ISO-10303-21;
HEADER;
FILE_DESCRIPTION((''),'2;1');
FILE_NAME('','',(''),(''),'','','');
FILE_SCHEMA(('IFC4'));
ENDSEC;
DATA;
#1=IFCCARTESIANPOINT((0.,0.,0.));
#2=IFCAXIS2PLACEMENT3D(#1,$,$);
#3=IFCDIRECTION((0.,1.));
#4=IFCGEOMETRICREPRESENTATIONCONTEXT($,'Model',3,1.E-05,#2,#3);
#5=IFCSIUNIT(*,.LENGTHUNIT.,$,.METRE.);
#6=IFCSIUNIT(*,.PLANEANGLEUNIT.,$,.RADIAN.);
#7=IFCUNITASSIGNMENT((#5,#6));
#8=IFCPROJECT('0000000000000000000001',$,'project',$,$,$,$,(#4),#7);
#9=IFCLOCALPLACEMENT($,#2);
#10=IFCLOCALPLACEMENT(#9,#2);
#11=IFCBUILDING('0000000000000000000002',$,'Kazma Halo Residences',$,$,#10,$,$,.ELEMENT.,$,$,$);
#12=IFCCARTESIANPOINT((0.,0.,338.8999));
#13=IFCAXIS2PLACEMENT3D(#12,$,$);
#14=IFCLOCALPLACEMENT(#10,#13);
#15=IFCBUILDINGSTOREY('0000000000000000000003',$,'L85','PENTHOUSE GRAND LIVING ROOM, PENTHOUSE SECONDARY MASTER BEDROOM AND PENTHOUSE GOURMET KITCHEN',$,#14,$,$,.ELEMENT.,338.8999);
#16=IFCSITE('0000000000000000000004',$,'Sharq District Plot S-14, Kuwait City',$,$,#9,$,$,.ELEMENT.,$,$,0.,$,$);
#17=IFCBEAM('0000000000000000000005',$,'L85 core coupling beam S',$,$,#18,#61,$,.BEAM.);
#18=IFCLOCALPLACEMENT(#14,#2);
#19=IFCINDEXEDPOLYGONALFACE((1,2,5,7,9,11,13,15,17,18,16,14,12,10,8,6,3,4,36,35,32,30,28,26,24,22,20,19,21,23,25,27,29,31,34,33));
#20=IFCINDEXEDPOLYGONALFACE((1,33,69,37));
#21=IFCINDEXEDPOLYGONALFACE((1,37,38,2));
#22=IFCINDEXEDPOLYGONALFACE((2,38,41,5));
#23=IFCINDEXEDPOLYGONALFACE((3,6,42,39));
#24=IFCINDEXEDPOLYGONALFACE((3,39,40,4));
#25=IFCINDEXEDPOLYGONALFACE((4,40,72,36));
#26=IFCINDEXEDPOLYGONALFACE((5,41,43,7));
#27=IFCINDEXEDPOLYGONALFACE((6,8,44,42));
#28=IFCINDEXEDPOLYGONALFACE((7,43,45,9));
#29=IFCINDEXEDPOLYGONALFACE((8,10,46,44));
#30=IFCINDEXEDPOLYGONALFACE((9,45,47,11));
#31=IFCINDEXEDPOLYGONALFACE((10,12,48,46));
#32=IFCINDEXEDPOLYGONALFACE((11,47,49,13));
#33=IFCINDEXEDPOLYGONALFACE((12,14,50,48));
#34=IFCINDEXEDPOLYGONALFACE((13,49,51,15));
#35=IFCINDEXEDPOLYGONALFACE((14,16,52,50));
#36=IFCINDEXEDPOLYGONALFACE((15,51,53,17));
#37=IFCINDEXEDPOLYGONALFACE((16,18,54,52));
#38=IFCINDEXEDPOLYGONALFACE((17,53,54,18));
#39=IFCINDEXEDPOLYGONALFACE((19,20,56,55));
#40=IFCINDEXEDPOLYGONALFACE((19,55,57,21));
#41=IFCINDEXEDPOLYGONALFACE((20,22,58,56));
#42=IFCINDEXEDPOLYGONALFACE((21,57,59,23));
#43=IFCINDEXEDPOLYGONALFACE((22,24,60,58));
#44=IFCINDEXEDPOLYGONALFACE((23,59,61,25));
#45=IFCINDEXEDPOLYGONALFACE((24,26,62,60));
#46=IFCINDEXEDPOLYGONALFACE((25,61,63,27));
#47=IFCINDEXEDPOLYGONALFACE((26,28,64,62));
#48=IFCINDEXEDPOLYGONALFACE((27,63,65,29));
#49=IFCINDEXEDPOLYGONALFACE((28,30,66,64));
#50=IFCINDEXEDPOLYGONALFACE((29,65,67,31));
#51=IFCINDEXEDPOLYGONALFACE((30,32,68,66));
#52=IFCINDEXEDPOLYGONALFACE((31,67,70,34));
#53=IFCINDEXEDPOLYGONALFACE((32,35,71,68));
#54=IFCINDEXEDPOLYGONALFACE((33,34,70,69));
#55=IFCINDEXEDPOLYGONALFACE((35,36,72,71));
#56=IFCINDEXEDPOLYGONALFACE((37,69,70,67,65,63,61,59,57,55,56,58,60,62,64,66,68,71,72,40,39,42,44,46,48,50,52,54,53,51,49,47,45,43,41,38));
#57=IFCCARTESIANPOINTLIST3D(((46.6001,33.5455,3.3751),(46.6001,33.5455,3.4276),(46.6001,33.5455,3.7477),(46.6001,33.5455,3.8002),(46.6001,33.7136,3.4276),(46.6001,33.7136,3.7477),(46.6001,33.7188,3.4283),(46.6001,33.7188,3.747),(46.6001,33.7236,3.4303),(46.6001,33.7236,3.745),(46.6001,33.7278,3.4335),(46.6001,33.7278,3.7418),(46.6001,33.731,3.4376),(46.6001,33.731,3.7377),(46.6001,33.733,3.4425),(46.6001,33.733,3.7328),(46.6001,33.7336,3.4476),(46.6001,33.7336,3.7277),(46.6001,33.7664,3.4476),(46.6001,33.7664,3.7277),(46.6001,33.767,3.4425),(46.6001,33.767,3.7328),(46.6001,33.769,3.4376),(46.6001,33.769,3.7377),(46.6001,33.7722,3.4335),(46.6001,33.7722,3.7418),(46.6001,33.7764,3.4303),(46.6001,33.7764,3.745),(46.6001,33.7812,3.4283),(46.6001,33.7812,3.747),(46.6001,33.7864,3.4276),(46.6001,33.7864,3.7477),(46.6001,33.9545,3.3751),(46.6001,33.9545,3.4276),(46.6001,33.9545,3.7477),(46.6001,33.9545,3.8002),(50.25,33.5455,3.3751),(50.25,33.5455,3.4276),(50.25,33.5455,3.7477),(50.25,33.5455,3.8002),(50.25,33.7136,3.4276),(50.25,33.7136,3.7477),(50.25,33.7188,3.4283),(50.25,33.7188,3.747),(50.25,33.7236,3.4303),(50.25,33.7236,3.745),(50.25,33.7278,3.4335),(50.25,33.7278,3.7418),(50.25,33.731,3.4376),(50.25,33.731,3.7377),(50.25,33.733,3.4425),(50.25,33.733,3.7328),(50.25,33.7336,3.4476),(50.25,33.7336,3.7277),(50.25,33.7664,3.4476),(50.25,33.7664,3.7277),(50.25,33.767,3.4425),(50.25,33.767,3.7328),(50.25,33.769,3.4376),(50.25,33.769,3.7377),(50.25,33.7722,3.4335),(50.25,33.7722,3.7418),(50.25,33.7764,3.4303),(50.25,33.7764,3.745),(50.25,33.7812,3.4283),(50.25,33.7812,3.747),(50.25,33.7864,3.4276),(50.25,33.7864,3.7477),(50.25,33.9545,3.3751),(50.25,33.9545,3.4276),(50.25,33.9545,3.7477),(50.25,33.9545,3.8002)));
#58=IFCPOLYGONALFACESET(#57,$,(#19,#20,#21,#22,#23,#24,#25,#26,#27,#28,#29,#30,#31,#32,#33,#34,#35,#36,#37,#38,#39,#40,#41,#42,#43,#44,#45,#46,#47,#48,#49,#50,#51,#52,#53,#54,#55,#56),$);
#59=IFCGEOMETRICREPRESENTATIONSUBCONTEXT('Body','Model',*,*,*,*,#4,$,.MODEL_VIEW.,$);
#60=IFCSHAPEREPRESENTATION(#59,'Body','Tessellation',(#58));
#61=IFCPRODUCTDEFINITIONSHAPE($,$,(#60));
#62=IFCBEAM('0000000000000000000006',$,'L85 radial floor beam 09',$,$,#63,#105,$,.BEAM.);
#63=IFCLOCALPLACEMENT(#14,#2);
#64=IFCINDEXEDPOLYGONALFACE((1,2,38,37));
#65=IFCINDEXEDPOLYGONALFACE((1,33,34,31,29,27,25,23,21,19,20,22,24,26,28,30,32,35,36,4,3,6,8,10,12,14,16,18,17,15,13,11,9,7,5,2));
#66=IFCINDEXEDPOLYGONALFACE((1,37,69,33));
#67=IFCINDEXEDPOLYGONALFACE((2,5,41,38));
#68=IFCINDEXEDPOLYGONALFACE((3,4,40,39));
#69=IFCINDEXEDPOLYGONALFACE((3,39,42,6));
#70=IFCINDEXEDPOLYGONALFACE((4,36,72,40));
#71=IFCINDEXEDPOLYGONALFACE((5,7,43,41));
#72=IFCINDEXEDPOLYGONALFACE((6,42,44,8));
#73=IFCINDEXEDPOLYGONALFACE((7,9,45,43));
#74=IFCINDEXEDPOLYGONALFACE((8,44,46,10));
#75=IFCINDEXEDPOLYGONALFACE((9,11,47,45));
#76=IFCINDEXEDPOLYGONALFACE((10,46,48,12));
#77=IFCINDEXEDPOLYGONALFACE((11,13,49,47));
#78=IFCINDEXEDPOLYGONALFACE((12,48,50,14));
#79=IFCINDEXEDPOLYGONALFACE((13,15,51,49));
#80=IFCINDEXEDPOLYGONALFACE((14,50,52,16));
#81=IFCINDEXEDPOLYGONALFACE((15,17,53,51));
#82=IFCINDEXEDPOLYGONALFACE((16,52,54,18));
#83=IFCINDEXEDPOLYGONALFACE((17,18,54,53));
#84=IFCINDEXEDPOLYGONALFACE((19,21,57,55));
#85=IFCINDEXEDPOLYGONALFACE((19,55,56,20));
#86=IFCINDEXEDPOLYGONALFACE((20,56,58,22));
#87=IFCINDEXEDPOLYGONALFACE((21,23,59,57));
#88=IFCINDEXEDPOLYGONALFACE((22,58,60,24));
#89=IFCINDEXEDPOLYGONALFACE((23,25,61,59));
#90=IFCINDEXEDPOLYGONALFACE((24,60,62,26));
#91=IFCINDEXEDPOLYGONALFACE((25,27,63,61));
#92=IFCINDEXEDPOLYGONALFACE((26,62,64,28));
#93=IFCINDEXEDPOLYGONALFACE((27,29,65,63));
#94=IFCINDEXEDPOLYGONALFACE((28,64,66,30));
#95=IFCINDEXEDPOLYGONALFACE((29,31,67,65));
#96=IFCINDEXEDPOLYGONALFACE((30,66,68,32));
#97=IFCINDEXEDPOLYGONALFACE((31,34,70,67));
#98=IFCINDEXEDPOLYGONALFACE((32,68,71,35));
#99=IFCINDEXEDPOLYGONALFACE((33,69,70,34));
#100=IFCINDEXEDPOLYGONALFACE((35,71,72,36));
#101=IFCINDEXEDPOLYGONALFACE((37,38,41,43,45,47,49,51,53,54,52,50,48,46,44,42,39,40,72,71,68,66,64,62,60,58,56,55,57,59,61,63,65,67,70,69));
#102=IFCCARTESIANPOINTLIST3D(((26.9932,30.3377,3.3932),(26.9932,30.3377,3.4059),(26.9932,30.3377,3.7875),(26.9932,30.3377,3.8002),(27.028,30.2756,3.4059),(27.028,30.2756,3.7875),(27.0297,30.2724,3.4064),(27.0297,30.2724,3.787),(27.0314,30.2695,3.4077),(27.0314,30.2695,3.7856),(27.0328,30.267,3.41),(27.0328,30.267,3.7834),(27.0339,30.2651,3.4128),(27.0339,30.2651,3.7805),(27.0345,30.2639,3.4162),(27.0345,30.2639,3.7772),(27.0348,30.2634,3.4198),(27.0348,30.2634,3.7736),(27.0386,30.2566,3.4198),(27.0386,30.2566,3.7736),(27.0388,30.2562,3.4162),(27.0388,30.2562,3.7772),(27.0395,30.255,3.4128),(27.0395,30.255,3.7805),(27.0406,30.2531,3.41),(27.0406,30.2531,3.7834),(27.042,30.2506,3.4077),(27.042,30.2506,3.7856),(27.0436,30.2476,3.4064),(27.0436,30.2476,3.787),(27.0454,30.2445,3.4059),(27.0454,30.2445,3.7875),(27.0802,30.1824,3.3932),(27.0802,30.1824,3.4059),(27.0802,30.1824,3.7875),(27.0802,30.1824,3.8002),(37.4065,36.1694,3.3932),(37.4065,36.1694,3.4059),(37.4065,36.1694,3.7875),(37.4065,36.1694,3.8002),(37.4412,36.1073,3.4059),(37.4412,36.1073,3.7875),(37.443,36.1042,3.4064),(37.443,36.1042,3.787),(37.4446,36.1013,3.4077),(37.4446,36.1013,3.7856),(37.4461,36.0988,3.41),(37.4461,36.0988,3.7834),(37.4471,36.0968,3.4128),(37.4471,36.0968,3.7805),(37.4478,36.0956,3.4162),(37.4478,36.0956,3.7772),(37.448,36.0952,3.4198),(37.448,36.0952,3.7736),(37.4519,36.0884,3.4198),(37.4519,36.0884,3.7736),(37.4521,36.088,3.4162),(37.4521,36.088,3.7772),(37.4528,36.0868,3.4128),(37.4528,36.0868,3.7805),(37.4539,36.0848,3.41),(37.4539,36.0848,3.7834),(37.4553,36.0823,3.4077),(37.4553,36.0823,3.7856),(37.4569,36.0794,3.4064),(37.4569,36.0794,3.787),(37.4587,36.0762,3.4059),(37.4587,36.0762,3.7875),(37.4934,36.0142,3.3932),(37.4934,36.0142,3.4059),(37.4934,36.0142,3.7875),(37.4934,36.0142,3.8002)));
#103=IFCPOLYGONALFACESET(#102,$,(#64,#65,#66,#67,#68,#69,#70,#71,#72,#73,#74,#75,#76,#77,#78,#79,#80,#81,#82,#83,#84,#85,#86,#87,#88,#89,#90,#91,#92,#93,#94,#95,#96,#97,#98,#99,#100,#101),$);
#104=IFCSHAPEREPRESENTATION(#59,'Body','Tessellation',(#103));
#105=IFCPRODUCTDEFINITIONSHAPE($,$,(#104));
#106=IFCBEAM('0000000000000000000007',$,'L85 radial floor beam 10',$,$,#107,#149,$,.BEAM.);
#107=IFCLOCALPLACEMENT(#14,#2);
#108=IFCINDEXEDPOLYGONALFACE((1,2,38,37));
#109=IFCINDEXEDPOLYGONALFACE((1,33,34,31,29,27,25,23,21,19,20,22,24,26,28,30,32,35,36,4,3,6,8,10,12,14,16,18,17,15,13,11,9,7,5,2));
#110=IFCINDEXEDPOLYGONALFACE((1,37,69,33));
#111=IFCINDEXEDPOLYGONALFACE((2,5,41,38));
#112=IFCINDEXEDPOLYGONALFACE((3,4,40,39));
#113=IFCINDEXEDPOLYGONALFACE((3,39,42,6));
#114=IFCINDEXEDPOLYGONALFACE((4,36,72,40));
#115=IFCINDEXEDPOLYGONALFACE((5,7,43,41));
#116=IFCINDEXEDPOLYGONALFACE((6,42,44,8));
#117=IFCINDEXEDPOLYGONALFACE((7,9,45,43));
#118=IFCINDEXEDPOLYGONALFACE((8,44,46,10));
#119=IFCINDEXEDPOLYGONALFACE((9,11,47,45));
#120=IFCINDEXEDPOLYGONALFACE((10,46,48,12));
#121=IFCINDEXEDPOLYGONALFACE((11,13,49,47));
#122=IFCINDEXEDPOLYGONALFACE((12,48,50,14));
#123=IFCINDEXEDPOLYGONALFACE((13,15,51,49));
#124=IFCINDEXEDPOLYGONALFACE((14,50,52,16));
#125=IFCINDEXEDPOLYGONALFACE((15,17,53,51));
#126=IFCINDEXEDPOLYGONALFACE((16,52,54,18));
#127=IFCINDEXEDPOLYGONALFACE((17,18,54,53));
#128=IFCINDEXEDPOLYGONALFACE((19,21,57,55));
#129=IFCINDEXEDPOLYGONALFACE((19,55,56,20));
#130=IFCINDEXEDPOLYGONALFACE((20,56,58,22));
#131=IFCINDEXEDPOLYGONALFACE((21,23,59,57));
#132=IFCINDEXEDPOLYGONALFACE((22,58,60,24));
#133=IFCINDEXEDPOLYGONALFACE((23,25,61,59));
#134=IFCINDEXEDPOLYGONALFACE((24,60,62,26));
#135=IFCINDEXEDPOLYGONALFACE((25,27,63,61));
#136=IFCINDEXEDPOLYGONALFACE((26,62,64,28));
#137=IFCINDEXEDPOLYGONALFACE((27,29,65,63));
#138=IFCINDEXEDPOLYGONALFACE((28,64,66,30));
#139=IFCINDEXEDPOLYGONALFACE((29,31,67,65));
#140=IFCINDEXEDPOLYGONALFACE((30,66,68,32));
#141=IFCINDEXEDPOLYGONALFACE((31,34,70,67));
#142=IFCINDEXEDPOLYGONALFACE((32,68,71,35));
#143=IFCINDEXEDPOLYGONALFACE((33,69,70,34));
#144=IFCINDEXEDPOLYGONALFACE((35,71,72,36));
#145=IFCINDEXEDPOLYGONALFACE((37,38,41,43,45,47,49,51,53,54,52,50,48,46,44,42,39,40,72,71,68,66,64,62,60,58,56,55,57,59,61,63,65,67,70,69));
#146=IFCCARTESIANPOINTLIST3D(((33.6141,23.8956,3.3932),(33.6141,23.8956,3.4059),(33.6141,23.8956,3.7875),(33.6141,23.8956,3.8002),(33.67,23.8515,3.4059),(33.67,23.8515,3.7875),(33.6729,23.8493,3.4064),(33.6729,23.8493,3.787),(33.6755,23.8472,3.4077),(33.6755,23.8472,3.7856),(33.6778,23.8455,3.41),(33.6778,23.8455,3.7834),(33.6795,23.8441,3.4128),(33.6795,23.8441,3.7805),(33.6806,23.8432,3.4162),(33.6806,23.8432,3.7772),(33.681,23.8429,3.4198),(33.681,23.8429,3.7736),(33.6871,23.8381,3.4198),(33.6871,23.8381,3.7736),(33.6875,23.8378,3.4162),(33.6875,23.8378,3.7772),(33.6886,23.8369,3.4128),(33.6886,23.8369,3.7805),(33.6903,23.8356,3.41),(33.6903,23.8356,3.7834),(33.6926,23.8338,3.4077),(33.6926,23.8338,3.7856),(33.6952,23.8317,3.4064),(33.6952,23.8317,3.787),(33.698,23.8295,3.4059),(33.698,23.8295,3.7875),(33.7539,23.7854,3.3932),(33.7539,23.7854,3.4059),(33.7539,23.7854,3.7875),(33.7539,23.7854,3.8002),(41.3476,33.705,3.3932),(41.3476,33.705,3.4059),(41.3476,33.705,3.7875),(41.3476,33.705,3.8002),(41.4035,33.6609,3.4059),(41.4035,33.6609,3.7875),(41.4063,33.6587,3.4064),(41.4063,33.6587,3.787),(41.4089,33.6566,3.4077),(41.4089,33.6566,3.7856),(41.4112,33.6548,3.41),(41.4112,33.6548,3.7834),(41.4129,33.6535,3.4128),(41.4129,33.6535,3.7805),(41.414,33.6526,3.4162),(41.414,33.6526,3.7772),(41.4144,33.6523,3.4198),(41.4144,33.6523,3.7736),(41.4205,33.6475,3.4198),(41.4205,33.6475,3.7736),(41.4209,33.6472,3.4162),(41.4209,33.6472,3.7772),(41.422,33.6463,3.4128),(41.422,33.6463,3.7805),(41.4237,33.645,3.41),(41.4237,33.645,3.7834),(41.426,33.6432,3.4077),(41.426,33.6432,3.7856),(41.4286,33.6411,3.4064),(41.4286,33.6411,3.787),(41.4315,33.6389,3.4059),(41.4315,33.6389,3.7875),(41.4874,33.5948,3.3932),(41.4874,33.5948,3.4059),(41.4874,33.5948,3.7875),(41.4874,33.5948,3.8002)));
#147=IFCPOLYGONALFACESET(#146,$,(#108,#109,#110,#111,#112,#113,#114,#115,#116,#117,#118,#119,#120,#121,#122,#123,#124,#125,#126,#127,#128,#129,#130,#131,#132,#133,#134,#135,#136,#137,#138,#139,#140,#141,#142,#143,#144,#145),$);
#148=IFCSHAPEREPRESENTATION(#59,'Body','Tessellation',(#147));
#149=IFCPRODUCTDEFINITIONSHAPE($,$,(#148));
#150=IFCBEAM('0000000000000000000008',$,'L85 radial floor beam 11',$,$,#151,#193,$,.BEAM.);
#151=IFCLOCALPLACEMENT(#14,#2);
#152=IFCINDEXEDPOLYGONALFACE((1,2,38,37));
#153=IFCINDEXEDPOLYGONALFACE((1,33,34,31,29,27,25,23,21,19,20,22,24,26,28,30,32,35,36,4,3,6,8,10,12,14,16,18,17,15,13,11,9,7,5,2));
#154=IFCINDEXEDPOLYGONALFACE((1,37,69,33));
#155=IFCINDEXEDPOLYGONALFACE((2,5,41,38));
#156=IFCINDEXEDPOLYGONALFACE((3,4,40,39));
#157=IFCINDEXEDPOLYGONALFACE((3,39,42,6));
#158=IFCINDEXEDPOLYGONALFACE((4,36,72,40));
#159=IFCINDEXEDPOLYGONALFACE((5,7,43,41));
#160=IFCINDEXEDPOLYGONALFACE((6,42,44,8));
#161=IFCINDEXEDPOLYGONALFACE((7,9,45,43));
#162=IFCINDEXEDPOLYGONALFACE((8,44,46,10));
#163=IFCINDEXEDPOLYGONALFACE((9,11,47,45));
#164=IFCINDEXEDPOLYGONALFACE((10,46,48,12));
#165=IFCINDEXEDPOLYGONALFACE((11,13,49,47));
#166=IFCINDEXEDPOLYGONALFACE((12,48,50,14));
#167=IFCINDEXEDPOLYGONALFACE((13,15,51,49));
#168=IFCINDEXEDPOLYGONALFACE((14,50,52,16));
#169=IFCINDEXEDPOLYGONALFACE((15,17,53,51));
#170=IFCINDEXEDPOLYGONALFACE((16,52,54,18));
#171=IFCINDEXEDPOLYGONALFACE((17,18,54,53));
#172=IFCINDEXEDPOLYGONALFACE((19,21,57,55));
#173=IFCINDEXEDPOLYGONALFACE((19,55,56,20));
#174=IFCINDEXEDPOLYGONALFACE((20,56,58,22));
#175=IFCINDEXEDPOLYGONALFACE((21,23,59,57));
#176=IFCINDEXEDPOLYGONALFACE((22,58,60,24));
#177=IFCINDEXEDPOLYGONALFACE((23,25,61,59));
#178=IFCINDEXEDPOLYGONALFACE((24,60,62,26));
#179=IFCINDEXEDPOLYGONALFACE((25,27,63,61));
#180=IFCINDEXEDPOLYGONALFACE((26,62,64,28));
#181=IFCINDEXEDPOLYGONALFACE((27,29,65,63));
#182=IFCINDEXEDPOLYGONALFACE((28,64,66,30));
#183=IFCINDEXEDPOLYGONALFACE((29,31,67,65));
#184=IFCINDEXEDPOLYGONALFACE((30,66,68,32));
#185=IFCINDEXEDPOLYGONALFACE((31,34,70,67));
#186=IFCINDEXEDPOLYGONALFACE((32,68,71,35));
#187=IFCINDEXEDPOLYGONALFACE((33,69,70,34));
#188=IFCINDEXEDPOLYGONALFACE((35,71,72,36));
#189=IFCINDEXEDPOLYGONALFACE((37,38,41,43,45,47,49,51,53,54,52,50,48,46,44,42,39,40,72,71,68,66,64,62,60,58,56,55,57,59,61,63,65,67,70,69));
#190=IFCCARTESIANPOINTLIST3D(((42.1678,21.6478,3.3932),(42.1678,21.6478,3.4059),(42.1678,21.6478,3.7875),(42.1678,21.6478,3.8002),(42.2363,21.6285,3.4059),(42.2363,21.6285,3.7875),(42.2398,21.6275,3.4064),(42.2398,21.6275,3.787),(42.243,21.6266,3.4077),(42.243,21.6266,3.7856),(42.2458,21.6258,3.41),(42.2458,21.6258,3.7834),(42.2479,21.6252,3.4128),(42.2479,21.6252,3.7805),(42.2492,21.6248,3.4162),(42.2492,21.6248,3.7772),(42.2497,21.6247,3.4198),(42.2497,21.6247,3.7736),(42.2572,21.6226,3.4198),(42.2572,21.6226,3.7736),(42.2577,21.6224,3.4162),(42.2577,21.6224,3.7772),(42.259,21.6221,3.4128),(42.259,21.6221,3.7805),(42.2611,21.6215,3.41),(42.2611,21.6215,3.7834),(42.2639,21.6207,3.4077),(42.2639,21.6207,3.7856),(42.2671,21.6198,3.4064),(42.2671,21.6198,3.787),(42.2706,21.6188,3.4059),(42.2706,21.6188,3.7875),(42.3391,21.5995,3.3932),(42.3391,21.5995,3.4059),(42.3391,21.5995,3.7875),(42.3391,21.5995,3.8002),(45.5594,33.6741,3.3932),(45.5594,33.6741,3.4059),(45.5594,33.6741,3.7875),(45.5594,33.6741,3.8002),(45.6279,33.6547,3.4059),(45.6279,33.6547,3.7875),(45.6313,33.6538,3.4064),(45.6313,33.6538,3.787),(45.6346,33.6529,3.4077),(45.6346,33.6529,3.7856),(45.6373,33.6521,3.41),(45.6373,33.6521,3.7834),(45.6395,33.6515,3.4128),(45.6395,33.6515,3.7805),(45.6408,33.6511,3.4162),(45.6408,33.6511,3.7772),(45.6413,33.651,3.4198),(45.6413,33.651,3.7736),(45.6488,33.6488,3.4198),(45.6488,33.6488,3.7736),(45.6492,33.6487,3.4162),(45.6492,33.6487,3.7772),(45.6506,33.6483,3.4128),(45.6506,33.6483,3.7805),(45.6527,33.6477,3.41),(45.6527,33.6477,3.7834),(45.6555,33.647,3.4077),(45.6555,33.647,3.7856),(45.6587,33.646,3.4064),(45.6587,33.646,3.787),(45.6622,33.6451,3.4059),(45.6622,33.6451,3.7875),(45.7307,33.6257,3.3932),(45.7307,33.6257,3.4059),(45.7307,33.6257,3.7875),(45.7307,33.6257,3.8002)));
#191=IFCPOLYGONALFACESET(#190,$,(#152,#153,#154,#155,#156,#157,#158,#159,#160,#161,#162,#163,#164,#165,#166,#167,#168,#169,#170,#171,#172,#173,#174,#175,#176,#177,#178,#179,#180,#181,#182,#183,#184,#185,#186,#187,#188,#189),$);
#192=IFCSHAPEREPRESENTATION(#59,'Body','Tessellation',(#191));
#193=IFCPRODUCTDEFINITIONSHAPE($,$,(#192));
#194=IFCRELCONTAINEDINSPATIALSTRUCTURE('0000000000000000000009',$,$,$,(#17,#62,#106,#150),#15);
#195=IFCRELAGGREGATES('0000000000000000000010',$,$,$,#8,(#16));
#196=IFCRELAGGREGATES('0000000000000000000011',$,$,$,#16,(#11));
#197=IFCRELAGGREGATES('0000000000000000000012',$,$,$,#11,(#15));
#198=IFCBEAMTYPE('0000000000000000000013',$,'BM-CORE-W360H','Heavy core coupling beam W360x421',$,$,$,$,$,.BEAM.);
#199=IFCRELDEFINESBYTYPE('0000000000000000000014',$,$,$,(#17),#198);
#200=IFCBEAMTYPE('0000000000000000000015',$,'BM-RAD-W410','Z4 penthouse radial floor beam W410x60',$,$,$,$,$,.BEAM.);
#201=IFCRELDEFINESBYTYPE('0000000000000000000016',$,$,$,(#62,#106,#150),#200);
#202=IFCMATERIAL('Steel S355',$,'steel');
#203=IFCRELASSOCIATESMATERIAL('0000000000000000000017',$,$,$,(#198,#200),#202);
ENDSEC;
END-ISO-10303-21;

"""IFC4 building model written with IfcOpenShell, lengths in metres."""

from ifc_helpers import new_model, si_unit, direction, frame, origin, origin_2d, place, context, subcontext, project, spatial, i_section, extrude, material, material_profile, profile_set, type_object, element, save


model = new_model("IFC4")

# Units and contexts
model_context = context("Model", 3, precision=1e-05, world=origin(), true_north=direction((0.0, 1.0)))
body_context = subcontext(model_context, "Body", "Model", "MODEL_VIEW")
ifc_project = project(units=[si_unit("LENGTHUNIT", "METRE"), si_unit("PLANEANGLEUNIT", "RADIAN")], contexts=[model_context])

# Site, building, storey
site_placement = place(None, origin())
site = spatial("IfcSite", under=ifc_project, at=site_placement, Name="Sharq District Plot S-14, Kuwait City", CompositionType="ELEMENT", RefElevation=0.0)
building_placement = place(site_placement, origin())
building = spatial("IfcBuilding", under=site, at=building_placement, Name="Kazma Halo Residences", CompositionType="ELEMENT")
storey_placement = place(building_placement, frame((0.0, 0.0, 338.8999)))
storey = spatial("IfcBuildingStorey", under=building, at=storey_placement, Name="L85", Description="PENTHOUSE GRAND LIVING ROOM, PENTHOUSE SECONDARY MASTER BEDROOM AND PENTHOUSE GOURMET KITCHEN", CompositionType="ELEMENT", Elevation=338.8999)

# Beams
ifc_material_1 = material(Name="Steel S355", Category="steel")
ifc_material_profile_1 = material_profile(ifc_material_1, i_section(OverallWidth=0.4089, OverallDepth=0.425, WebThickness=0.0327, FlangeThickness=0.0525, FilletRadius=0.02, at=origin_2d()), Name="W360x421")
ifc_profile_set_1 = profile_set([ifc_material_profile_1], Name="Steel S355")
beam_type_1 = type_object("IfcBeamType", Name="BM-CORE-W360H", Description="Heavy core coupling beam W360x421", PredefinedType="BEAM", material=ifc_profile_set_1)
beam_1_placement = place(storey_placement, frame((46.6001, 33.75, 3.5876), z_axis=(1.0, 0.0, 0.0), x_axis=(0.0, 1.0, 0.0)))
element("IfcBeam", 1, at=beam_1_placement, inside=storey, type_object=beam_type_1, Name="L85 core coupling beam S", PredefinedType="BEAM", context=body_context, shape_type="SweptSolid", body=[
    extrude(i_section(OverallWidth=0.4089, OverallDepth=0.425, WebThickness=0.0327, FlangeThickness=0.0525, FilletRadius=0.02, at=origin_2d()), origin(), (0.0, 0.0, 1.0), 3.6499),
])
ifc_material_profile_2 = material_profile(ifc_material_1, i_section(OverallWidth=0.178, OverallDepth=0.407, WebThickness=0.0078, FlangeThickness=0.0127, FilletRadius=0.0139, at=origin_2d()), Name="W410x60")
ifc_profile_set_2 = profile_set([ifc_material_profile_2], Name="Steel S355")
beam_type_2 = type_object("IfcBeamType", Name="BM-RAD-W410", Description="Z4 penthouse radial floor beam W410x60", PredefinedType="BEAM", material=ifc_profile_set_2)
beam_2_placement = place(storey_placement, frame((37.45, 36.0918, 3.5967), z_axis=(-0.872495, -0.488624, 0.0), x_axis=(0.488624, -0.872495, 0.0)))
element("IfcBeam", 2, at=beam_2_placement, inside=storey, type_object=beam_type_2, Name="L85 radial floor beam 09", PredefinedType="BEAM", context=body_context, shape_type="SweptSolid", body=[
    extrude(i_section(OverallWidth=0.178, OverallDepth=0.407, WebThickness=0.0078, FlangeThickness=0.0127, FilletRadius=0.0139, at=origin_2d()), origin(), (0.0, 0.0, 1.0), 11.9351),
])
beam_3_placement = place(storey_placement, frame((41.4175, 33.6499, 3.5967), z_axis=(-0.619111, -0.785303, 0.0), x_axis=(0.785303, -0.619111, 0.0)))
element("IfcBeam", 3, at=beam_3_placement, inside=storey, type_object=beam_type_2, Name="L85 radial floor beam 10", PredefinedType="BEAM", context=body_context, shape_type="SweptSolid", body=[
    extrude(i_section(OverallWidth=0.178, OverallDepth=0.407, WebThickness=0.0078, FlangeThickness=0.0127, FilletRadius=0.0139, at=origin_2d()), origin(), (0.0, 0.0, 1.0), 12.4912),
])
beam_4_placement = place(storey_placement, frame((45.645, 33.6499, 3.5967), z_axis=(-0.271427, -0.962459, 0.0), x_axis=(0.962459, -0.271427, 0.0)))
element("IfcBeam", 4, at=beam_4_placement, inside=storey, type_object=beam_type_2, Name="L85 radial floor beam 11", PredefinedType="BEAM", context=body_context, shape_type="SweptSolid", body=[
    extrude(i_section(OverallWidth=0.178, OverallDepth=0.407, WebThickness=0.0078, FlangeThickness=0.0127, FilletRadius=0.0139, at=origin_2d()), origin(), (0.0, 0.0, 1.0), 12.4954),
])

save(model, "model.ifc")
